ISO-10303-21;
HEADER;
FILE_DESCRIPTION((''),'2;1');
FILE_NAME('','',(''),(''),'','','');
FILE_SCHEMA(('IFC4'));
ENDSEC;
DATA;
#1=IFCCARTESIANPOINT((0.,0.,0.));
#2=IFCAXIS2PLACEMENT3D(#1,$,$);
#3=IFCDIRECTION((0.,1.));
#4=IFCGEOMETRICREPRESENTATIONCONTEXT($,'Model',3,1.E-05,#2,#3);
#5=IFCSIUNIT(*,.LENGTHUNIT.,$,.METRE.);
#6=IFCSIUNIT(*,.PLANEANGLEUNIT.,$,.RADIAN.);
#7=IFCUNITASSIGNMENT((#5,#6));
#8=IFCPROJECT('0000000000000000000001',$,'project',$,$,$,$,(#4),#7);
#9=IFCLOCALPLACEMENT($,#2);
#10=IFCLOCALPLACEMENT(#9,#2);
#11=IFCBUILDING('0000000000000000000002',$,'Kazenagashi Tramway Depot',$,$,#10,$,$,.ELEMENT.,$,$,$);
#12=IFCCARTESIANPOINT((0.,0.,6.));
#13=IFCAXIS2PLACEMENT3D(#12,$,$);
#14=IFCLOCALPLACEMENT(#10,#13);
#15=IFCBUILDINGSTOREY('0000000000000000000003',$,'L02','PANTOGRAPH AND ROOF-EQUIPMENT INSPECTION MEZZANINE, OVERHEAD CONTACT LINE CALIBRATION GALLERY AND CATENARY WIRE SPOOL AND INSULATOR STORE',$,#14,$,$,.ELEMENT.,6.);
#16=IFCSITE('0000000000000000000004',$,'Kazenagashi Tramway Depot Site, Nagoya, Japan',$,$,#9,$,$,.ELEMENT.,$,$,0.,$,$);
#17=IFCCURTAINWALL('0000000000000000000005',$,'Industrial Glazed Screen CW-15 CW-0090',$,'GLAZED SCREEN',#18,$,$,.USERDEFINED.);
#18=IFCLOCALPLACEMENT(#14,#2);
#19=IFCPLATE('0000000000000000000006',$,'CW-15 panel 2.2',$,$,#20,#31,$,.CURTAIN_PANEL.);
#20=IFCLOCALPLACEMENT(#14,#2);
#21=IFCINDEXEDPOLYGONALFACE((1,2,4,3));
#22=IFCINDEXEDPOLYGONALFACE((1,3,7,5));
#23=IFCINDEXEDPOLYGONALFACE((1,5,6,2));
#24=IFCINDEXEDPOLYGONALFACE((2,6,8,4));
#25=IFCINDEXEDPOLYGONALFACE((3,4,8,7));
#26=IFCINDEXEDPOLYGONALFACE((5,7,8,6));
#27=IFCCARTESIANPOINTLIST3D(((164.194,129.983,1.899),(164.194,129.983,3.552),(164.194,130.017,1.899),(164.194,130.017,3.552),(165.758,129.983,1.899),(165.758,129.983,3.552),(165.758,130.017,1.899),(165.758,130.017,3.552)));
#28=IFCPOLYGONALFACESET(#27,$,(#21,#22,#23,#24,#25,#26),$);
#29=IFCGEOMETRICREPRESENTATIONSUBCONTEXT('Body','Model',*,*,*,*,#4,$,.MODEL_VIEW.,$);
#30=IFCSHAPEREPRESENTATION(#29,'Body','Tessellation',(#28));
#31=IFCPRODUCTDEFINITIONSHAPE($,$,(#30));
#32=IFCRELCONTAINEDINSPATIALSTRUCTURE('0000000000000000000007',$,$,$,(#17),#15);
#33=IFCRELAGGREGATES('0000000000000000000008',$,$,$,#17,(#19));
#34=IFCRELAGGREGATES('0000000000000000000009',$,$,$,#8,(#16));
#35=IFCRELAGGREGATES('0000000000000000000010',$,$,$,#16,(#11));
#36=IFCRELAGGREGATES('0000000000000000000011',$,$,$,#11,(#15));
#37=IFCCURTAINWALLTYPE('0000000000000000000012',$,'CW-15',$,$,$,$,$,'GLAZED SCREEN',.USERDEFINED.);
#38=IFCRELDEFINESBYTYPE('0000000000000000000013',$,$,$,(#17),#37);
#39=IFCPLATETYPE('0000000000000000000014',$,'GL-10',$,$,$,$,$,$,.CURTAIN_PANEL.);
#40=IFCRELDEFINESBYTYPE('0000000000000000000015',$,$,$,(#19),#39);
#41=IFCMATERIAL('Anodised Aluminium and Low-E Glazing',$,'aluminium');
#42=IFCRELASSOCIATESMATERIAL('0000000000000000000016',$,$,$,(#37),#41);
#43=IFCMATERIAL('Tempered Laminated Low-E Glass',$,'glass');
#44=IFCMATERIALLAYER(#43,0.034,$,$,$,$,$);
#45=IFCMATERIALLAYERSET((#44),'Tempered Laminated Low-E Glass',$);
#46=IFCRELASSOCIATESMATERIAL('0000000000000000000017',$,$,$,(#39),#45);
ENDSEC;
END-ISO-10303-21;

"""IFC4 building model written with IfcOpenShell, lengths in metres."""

from ifc_helpers import new_model, si_unit, direction, frame, origin, origin_2d, place, context, subcontext, project, spatial, rectangle, extrude, material, layer, layer_set, type_object, element, aggregate, save


model = new_model("IFC4")

# Units and contexts
model_context = context("Model", 3, precision=1e-05, world=origin(), true_north=direction((0.0, 1.0)))
body_context = subcontext(model_context, "Body", "Model", "MODEL_VIEW")
ifc_project = project(units=[si_unit("LENGTHUNIT", "METRE"), si_unit("PLANEANGLEUNIT", "RADIAN")], contexts=[model_context])

# Site, building, storey
site_placement = place(None, origin())
site = spatial("IfcSite", under=ifc_project, at=site_placement, Name="Kazenagashi Tramway Depot Site, Nagoya, Japan", CompositionType="ELEMENT", RefElevation=0.0)
building_placement = place(site_placement, origin())
building = spatial("IfcBuilding", under=site, at=building_placement, Name="Kazenagashi Tramway Depot", CompositionType="ELEMENT")
storey_placement = place(building_placement, frame((0.0, 0.0, 6.0)))
storey = spatial("IfcBuildingStorey", under=building, at=storey_placement, Name="L02", Description="PANTOGRAPH AND ROOF-EQUIPMENT INSPECTION MEZZANINE, OVERHEAD CONTACT LINE CALIBRATION GALLERY AND CATENARY WIRE SPOOL AND INSULATOR STORE", CompositionType="ELEMENT", Elevation=6.0)

# Curtain wall
ifc_material_1 = material(Name="Anodised Aluminium and Low-E Glazing", Category="aluminium")
curtain_wall_type = type_object("IfcCurtainWallType", Name="CW-15", ElementType="GLAZED SCREEN", PredefinedType="USERDEFINED", material=ifc_material_1)
curtain_wall_1_placement = place(storey_placement, origin())
curtain_wall_1 = element("IfcCurtainWall", 1, at=curtain_wall_1_placement, inside=storey, type_object=curtain_wall_type, Name="Industrial Glazed Screen CW-15 CW-0090", ObjectType="GLAZED SCREEN", PredefinedType="USERDEFINED")

# Plate
ifc_material_2 = material(Name="Tempered Laminated Low-E Glass", Category="glass")
ifc_layer_1 = layer(ifc_material_2, 0.034)
ifc_layer_set_1 = layer_set([ifc_layer_1], Name="Tempered Laminated Low-E Glass")
plate_type_1 = type_object("IfcPlateType", Name="GL-10", PredefinedType="CURTAIN_PANEL", material=ifc_layer_set_1)
plate_1_placement = place(storey_placement, frame((164.976, 130.0, 1.899), z_axis=(0.0, 0.0, 1.0), x_axis=(1.0, 0.0, 0.0)))
plate_1 = element("IfcPlate", 2, at=plate_1_placement, type_object=plate_type_1, Name="CW-15 panel 2.2", PredefinedType="CURTAIN_PANEL", context=body_context, shape_type="SweptSolid", body=[
    extrude(rectangle(XDim=1.564, YDim=0.034, at=origin_2d()), origin(), (0.0, 0.0, 1.0), 1.653),
])
aggregate(curtain_wall_1, [plate_1])

save(model, "model.ifc")
